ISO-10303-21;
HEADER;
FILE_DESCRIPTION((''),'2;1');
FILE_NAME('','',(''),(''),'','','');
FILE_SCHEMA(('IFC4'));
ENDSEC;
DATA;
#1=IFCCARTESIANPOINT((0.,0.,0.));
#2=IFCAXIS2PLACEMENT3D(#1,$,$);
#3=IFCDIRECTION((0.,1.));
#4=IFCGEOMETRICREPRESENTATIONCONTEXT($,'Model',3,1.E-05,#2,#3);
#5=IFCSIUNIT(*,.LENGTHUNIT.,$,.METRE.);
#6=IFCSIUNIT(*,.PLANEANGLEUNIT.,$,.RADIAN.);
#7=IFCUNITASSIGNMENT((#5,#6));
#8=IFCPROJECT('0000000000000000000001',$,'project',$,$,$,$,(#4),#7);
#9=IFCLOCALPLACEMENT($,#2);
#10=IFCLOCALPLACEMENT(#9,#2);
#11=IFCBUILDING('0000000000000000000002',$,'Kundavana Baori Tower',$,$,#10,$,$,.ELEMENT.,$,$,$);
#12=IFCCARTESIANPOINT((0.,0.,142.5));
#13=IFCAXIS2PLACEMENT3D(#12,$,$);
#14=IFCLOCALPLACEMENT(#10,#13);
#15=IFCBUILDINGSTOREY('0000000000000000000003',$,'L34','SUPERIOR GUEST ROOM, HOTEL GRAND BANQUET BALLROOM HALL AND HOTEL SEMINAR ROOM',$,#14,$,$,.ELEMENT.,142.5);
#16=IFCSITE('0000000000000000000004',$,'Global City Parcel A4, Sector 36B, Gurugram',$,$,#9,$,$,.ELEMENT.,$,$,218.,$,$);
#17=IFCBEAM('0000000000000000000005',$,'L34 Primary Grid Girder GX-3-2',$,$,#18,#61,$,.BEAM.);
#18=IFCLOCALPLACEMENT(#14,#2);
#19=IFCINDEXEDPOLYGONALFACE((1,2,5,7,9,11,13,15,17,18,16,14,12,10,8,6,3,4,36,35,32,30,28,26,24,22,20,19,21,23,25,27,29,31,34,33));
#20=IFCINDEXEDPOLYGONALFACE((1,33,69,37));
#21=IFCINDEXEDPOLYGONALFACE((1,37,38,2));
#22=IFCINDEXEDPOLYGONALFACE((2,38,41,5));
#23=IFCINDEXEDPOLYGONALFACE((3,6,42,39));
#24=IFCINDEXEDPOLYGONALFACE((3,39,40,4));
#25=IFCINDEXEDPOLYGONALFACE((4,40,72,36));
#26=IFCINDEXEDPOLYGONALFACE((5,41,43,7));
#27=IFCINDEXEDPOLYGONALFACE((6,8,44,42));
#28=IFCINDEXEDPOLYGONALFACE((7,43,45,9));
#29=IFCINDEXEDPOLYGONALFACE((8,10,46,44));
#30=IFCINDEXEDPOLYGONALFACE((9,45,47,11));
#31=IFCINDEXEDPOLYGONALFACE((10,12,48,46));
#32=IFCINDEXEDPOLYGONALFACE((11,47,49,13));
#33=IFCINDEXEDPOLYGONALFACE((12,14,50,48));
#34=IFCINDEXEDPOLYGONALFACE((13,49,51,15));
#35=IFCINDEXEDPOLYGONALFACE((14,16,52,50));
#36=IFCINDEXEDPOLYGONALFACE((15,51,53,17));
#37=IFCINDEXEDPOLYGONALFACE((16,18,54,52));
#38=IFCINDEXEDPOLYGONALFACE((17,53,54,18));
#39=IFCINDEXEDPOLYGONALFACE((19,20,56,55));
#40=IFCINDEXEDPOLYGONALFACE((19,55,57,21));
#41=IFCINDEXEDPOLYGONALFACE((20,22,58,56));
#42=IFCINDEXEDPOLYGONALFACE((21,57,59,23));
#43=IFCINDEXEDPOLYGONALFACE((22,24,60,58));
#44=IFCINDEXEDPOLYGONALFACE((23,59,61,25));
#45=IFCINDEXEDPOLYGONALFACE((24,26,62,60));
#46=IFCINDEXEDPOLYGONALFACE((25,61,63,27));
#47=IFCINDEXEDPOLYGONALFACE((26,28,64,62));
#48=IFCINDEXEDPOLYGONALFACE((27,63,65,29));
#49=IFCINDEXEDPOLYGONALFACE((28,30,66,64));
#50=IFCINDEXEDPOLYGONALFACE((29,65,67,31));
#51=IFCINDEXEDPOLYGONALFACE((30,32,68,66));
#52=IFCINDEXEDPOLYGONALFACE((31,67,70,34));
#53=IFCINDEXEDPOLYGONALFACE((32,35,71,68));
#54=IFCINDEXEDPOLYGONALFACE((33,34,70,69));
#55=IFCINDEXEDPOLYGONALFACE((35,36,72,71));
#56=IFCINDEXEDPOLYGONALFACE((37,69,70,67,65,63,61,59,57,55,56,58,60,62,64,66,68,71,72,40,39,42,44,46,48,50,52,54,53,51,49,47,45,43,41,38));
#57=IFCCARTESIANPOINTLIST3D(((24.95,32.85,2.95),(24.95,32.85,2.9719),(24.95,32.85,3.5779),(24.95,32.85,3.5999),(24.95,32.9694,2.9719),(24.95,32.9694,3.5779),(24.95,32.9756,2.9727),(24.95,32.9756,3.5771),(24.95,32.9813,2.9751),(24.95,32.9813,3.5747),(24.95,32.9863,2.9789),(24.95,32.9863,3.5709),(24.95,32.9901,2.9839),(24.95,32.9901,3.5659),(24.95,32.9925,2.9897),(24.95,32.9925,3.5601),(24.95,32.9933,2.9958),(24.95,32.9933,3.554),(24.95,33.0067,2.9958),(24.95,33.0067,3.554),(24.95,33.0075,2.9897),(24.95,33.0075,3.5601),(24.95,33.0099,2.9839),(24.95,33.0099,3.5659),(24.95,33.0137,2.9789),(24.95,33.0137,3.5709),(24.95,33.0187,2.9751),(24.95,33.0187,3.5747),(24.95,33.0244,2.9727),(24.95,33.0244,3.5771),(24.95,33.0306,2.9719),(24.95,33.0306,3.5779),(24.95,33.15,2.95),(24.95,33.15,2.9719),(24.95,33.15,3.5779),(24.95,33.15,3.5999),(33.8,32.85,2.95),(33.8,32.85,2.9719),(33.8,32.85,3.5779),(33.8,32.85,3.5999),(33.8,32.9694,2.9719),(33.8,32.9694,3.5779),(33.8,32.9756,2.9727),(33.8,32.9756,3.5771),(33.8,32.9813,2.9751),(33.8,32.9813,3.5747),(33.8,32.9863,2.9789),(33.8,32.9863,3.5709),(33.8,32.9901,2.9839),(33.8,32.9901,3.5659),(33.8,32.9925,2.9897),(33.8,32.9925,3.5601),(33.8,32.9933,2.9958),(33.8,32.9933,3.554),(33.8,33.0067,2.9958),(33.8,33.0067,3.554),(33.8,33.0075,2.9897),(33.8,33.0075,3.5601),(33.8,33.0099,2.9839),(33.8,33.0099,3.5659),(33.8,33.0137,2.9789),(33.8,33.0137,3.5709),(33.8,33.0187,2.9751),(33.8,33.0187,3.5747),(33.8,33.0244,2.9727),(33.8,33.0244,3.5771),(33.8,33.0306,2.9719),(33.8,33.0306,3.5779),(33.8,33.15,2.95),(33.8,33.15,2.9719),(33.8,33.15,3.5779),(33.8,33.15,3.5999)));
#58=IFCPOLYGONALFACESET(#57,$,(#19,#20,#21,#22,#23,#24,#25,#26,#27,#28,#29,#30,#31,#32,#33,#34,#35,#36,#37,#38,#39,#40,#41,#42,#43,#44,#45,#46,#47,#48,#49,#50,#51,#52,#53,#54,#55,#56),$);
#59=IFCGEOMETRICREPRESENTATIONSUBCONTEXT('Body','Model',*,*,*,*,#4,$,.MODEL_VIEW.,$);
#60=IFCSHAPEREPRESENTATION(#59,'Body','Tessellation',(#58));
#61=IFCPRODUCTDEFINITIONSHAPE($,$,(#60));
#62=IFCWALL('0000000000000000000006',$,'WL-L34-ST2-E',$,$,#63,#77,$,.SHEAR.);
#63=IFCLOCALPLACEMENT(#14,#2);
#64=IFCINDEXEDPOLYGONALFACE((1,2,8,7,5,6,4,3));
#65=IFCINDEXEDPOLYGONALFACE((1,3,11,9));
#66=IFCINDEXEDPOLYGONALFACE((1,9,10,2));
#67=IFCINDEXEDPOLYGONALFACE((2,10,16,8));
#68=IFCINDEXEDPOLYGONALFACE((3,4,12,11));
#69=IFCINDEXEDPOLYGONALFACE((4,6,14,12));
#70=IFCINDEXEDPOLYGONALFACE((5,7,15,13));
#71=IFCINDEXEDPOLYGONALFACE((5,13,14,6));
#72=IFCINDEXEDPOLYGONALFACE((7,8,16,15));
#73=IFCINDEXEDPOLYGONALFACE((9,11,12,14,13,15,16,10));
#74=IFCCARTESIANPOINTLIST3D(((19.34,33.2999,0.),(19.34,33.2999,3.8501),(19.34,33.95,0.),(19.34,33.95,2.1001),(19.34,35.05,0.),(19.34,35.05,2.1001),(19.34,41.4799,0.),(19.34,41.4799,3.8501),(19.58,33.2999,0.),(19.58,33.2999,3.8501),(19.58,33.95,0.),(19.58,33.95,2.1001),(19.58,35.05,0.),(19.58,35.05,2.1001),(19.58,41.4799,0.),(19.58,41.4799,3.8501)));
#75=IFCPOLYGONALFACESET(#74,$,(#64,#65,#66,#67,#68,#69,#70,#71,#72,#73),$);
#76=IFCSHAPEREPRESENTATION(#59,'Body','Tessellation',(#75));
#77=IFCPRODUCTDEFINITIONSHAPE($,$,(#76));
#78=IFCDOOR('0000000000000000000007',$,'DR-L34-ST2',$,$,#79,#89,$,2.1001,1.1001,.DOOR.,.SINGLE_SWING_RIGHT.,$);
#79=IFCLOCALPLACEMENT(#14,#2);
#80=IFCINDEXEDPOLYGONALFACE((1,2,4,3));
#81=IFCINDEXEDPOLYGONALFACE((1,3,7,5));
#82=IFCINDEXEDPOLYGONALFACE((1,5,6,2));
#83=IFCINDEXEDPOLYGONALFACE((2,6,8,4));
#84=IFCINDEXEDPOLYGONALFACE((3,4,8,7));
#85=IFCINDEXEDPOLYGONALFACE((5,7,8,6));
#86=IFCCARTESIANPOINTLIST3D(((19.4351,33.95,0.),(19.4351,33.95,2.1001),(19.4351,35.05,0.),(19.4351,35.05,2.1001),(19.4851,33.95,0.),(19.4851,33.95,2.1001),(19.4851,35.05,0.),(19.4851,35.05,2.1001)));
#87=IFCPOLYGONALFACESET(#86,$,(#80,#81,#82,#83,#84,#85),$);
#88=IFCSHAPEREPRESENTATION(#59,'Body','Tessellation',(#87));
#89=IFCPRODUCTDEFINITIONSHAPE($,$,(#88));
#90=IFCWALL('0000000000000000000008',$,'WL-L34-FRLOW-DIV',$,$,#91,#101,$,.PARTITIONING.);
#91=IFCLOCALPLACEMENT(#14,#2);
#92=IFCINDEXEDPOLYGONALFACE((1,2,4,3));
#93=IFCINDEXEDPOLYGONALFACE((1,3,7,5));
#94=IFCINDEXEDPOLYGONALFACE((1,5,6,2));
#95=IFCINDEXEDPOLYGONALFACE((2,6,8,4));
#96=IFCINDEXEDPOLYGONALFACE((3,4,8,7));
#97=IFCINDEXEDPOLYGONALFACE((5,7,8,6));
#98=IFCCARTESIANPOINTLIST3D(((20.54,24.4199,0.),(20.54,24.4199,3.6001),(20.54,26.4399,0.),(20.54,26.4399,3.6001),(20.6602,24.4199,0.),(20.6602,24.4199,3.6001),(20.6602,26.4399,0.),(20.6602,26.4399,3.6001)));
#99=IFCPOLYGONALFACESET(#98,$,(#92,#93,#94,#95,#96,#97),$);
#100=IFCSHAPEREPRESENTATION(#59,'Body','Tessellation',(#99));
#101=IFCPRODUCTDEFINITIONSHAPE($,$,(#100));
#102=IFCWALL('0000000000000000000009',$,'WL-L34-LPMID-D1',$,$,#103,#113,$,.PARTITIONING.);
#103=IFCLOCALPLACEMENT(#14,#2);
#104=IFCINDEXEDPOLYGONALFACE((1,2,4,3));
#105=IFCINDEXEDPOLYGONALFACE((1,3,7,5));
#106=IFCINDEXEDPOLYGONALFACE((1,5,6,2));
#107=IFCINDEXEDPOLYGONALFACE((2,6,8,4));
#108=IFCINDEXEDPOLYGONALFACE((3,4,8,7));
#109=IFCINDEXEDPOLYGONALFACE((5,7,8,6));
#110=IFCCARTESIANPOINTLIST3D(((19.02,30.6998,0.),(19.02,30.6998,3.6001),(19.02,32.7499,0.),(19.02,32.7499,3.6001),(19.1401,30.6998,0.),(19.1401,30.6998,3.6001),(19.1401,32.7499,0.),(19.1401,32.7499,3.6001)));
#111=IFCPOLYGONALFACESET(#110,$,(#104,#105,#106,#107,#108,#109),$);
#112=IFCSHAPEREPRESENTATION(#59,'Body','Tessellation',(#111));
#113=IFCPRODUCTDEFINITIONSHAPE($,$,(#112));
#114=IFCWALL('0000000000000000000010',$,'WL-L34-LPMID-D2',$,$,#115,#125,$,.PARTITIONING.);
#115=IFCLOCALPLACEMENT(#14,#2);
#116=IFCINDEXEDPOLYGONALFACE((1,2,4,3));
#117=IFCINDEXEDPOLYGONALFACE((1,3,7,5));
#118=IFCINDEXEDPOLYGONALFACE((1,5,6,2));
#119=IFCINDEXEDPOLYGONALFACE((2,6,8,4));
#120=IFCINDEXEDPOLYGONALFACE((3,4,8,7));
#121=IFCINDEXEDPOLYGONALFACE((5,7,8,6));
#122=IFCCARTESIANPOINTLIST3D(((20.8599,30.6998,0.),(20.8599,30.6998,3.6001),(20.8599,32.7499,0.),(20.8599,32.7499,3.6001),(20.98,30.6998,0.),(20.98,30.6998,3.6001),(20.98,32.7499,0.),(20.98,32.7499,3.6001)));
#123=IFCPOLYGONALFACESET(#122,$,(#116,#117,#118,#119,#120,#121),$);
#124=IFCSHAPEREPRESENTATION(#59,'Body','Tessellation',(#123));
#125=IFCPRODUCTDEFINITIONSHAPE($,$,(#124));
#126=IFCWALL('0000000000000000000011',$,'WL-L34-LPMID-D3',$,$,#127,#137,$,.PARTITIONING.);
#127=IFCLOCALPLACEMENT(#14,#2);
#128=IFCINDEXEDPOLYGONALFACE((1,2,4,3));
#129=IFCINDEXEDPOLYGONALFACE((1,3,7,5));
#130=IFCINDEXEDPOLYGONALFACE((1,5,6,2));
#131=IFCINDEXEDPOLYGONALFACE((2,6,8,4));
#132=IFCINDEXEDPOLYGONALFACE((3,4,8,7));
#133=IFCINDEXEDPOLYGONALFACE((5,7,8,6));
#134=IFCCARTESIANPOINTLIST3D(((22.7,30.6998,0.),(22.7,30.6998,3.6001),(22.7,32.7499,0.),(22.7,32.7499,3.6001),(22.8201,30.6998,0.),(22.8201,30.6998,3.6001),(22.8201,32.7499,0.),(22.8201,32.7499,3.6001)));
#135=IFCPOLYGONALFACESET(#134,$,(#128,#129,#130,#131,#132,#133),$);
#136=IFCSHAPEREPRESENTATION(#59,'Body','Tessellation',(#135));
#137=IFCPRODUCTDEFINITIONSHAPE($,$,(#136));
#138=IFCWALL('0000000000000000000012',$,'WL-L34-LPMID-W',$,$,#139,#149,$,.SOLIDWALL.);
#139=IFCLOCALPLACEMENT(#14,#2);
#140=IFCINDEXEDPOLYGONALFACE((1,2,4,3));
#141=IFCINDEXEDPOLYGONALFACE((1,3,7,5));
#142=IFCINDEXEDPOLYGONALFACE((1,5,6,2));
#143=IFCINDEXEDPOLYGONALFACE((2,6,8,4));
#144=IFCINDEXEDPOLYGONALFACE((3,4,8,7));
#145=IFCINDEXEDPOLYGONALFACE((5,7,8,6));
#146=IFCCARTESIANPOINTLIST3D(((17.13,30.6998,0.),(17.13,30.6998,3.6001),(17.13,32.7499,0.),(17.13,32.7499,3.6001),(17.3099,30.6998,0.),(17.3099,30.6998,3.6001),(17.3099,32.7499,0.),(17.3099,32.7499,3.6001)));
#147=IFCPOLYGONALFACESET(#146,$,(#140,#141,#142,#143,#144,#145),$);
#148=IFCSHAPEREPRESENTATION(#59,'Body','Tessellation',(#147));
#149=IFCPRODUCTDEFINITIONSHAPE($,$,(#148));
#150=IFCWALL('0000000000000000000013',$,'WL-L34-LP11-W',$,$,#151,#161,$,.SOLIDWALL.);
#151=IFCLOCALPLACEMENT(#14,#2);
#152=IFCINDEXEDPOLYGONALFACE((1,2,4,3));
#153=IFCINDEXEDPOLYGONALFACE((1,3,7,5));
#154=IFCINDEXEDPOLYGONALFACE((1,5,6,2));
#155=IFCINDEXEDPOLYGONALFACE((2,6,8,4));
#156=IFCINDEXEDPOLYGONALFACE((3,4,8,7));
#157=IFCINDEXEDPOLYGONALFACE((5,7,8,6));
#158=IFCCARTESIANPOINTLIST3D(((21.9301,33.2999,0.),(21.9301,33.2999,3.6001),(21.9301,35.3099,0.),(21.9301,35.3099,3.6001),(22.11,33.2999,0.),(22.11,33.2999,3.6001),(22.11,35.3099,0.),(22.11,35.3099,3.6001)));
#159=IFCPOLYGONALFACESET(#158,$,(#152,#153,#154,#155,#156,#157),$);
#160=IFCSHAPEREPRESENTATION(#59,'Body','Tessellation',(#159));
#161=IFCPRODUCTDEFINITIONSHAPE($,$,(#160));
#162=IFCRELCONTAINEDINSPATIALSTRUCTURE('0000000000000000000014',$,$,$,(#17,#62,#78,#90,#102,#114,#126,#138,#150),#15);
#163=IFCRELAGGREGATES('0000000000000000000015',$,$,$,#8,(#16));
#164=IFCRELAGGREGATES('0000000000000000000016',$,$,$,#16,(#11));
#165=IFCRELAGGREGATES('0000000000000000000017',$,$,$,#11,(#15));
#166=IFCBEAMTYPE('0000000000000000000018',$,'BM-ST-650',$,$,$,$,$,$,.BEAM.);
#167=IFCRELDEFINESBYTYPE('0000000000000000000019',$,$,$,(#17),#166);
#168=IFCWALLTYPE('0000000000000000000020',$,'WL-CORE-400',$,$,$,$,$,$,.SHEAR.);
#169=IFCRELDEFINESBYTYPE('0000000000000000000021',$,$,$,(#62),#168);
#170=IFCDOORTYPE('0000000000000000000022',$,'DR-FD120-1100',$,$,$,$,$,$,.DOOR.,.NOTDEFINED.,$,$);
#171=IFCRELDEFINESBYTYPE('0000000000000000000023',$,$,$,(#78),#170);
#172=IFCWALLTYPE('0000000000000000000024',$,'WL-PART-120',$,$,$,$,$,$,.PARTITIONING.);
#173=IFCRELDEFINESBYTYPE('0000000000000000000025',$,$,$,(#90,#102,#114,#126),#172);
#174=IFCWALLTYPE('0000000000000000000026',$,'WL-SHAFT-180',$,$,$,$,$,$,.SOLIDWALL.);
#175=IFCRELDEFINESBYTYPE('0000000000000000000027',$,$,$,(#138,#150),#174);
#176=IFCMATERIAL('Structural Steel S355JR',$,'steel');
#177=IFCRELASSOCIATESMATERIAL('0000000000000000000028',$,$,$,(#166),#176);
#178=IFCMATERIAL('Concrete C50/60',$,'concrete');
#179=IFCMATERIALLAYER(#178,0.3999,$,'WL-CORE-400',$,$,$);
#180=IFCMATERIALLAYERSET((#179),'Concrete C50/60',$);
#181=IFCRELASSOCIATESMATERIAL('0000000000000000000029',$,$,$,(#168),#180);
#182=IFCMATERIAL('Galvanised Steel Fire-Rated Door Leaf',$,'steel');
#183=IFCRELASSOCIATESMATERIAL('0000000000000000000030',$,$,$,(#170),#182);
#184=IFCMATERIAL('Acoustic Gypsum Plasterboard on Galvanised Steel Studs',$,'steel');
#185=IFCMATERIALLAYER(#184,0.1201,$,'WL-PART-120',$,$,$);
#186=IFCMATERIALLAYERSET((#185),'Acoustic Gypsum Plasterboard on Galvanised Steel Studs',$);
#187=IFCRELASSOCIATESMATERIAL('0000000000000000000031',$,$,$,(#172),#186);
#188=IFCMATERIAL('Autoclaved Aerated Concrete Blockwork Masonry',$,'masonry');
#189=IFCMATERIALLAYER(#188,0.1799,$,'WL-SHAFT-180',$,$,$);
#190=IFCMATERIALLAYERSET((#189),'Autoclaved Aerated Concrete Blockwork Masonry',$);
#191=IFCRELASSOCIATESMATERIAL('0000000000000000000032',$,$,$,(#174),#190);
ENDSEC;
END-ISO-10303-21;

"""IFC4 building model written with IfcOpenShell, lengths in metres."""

from ifc_helpers import new_model, si_unit, direction, frame, frame_2d, origin, origin_2d, place, context, subcontext, project, spatial, rectangle, i_section, extrude, material, layer, layer_set, material_profile, profile_set, type_object, element, fill, save


model = new_model("IFC4")

# Units and contexts
model_context = context("Model", 3, precision=1e-05, world=origin(), true_north=direction((0.0, 1.0)))
body_context = subcontext(model_context, "Body", "Model", "MODEL_VIEW")
ifc_project = project(units=[si_unit("LENGTHUNIT", "METRE"), si_unit("PLANEANGLEUNIT", "RADIAN")], contexts=[model_context])

# Site, building, storey
site_placement = place(None, origin())
site = spatial("IfcSite", under=ifc_project, at=site_placement, Name="Global City Parcel A4, Sector 36B, Gurugram", CompositionType="ELEMENT", RefElevation=218.0)
building_placement = place(site_placement, origin())
building = spatial("IfcBuilding", under=site, at=building_placement, Name="Kundavana Baori Tower", CompositionType="ELEMENT")
storey_placement = place(building_placement, frame((0.0, 0.0, 142.5)))
storey = spatial("IfcBuildingStorey", under=building, at=storey_placement, Name="L34", Description="SUPERIOR GUEST ROOM, HOTEL GRAND BANQUET BALLROOM HALL AND HOTEL SEMINAR ROOM", CompositionType="ELEMENT", Elevation=142.5)

# Beam
ifc_material_1 = material(Name="Structural Steel S355JR", Category="steel")
ifc_material_profile_1 = material_profile(ifc_material_1, i_section(OverallWidth=0.3, OverallDepth=0.6499, WebThickness=0.0134, FlangeThickness=0.022, FilletRadius=0.0239, at=origin_2d()), Name="NPB 650x300x155")
ifc_profile_set_1 = profile_set([ifc_material_profile_1], Name="Structural Steel S355JR")
beam_type_1 = type_object("IfcBeamType", Name="BM-ST-650", PredefinedType="BEAM", material=ifc_profile_set_1)
for number, where, z_axis, x_axis, name in (
    (1, (24.95, 33.0, 3.2749), (1.0, 0.0, 0.0), (0.0, 1.0, 0.0), "L34 Primary Grid Girder GX-3-2"),
):
    element("IfcBeam", number, at=place(storey_placement, frame(where, z_axis=z_axis, x_axis=x_axis)), inside=storey, type_object=beam_type_1, Name=name, PredefinedType="BEAM", context=body_context, shape_type="SweptSolid", body=[
        extrude(i_section(OverallWidth=0.3, OverallDepth=0.6499, WebThickness=0.0134, FlangeThickness=0.022, FilletRadius=0.0239, at=origin_2d()), origin(), (0.0, 0.0, 1.0), 8.8501),
    ])

# Wall, opening, door
ifc_material_2 = material(Name="Concrete C50/60", Category="concrete")
ifc_layer_1 = layer(ifc_material_2, 0.3999, Name="WL-CORE-400")
ifc_layer_set_1 = layer_set([ifc_layer_1], Name="Concrete C50/60")
wall_type_1 = type_object("IfcWallType", Name="WL-CORE-400", PredefinedType="SHEAR", material=ifc_layer_set_1)
wall_1_placement = place(storey_placement, frame((19.46, 33.3, 0.0), z_axis=(0.0, 0.0, 1.0), x_axis=(0.0, 1.0, 0.0)))
wall_1 = element("IfcWall", 2, at=wall_1_placement, inside=storey, type_object=wall_type_1, Name="WL-L34-ST2-E", PredefinedType="SHEAR", context=body_context, shape_type="SweptSolid", body=[
    extrude(rectangle(XDim=8.1799, YDim=0.24, at=frame_2d((4.0898, 0.0))), origin(), (0.0, 0.0, 1.0), 3.8501),
])
opening_placement = place(wall_1_placement, frame((0.6499, 0.0, 0.0)))
opening = element("IfcOpeningElement", 3, at=opening_placement, cuts=wall_1, PredefinedType="OPENING", context=body_context, shape_type="SweptSolid", body=[
    extrude(rectangle(XDim=1.1001, YDim=2.1001, at=frame_2d((0.55, 1.05))), frame((0.0, 0.1299, 0.0), z_axis=(0.0, -1.0, 0.0), x_axis=(1.0, 0.0, 0.0)), (0.0, 0.0, 1.0), 0.26),
])
ifc_material_3 = material(Name="Galvanised Steel Fire-Rated Door Leaf", Category="steel")
door_type = type_object("IfcDoorType", Name="DR-FD120-1100", OperationType="NOTDEFINED", PredefinedType="DOOR", material=ifc_material_3)
door_placement = place(opening_placement, origin())
door = element("IfcDoor", 4, at=door_placement, inside=storey, type_object=door_type, Name="DR-L34-ST2", OperationType="SINGLE_SWING_RIGHT", OverallHeight=2.1001, OverallWidth=1.1001, PredefinedType="DOOR", context=body_context, shape_type="SweptSolid", body=[
    extrude(rectangle(XDim=1.1001, YDim=2.1001, at=frame_2d((0.55, 1.05))), frame((0.0, 0.0249, 0.0), z_axis=(0.0, -1.0, 0.0), x_axis=(1.0, 0.0, 0.0)), (0.0, 0.0, 1.0), 0.05),
])
fill(opening, door)

# Walls
ifc_material_4 = material(Name="Acoustic Gypsum Plasterboard on Galvanised Steel Studs", Category="steel")
ifc_layer_2 = layer(ifc_material_4, 0.1201, Name="WL-PART-120")
ifc_layer_set_2 = layer_set([ifc_layer_2], Name="Acoustic Gypsum Plasterboard on Galvanised Steel Studs")
wall_type_2 = type_object("IfcWallType", Name="WL-PART-120", PredefinedType="PARTITIONING", material=ifc_layer_set_2)
wall_2_placement = place(storey_placement, frame((20.6001, 24.4199, 0.0), z_axis=(0.0, 0.0, 1.0), x_axis=(0.0, 1.0, 0.0)))
element("IfcWall", 5, at=wall_2_placement, inside=storey, type_object=wall_type_2, Name="WL-L34-FRLOW-DIV", PredefinedType="PARTITIONING", context=body_context, shape_type="SweptSolid", body=[
    extrude(rectangle(XDim=2.02, YDim=0.1201, at=frame_2d((1.01, 0.0))), origin(), (0.0, 0.0, 1.0), 3.6001),
])
for number, where, z_axis, x_axis, name in (
    (6, (19.0801, 30.7, 0.0), (0.0, 0.0, 1.0), (0.0, 1.0, 0.0), "WL-L34-LPMID-D1"),
    (7, (20.9199, 30.7, 0.0), (0.0, 0.0, 1.0), (0.0, 1.0, 0.0), "WL-L34-LPMID-D2"),
    (8, (22.76, 30.7, 0.0), (0.0, 0.0, 1.0), (0.0, 1.0, 0.0), "WL-L34-LPMID-D3"),
):
    element("IfcWall", number, at=place(storey_placement, frame(where, z_axis=z_axis, x_axis=x_axis)), inside=storey, type_object=wall_type_2, Name=name, PredefinedType="PARTITIONING", context=body_context, shape_type="SweptSolid", body=[
        extrude(rectangle(XDim=2.05, YDim=0.1201, at=frame_2d((1.0249, 0.0))), origin(), (0.0, 0.0, 1.0), 3.6001),
    ])
ifc_material_5 = material(Name="Autoclaved Aerated Concrete Blockwork Masonry", Category="masonry")
ifc_layer_3 = layer(ifc_material_5, 0.1799, Name="WL-SHAFT-180")
ifc_layer_set_3 = layer_set([ifc_layer_3], Name="Autoclaved Aerated Concrete Blockwork Masonry")
wall_type_3 = type_object("IfcWallType", Name="WL-SHAFT-180", PredefinedType="SOLIDWALL", material=ifc_layer_set_3)
wall_3_placement = place(storey_placement, frame((17.22, 30.7, 0.0), z_axis=(0.0, 0.0, 1.0), x_axis=(0.0, 1.0, 0.0)))
element("IfcWall", 9, at=wall_3_placement, inside=storey, type_object=wall_type_3, Name="WL-L34-LPMID-W", PredefinedType="SOLIDWALL", context=body_context, shape_type="SweptSolid", body=[
    extrude(rectangle(XDim=2.05, YDim=0.1799, at=frame_2d((1.0249, 0.0))), origin(), (0.0, 0.0, 1.0), 3.6001),
])
wall_4_placement = place(storey_placement, frame((22.02, 33.3, 0.0), z_axis=(0.0, 0.0, 1.0), x_axis=(0.0, 1.0, 0.0)))
element("IfcWall", 10, at=wall_4_placement, inside=storey, type_object=wall_type_3, Name="WL-L34-LP11-W", PredefinedType="SOLIDWALL", context=body_context, shape_type="SweptSolid", body=[
    extrude(rectangle(XDim=2.01, YDim=0.1799, at=frame_2d((1.0049, 0.0))), origin(), (0.0, 0.0, 1.0), 3.6001),
])

save(model, "model.ifc")
